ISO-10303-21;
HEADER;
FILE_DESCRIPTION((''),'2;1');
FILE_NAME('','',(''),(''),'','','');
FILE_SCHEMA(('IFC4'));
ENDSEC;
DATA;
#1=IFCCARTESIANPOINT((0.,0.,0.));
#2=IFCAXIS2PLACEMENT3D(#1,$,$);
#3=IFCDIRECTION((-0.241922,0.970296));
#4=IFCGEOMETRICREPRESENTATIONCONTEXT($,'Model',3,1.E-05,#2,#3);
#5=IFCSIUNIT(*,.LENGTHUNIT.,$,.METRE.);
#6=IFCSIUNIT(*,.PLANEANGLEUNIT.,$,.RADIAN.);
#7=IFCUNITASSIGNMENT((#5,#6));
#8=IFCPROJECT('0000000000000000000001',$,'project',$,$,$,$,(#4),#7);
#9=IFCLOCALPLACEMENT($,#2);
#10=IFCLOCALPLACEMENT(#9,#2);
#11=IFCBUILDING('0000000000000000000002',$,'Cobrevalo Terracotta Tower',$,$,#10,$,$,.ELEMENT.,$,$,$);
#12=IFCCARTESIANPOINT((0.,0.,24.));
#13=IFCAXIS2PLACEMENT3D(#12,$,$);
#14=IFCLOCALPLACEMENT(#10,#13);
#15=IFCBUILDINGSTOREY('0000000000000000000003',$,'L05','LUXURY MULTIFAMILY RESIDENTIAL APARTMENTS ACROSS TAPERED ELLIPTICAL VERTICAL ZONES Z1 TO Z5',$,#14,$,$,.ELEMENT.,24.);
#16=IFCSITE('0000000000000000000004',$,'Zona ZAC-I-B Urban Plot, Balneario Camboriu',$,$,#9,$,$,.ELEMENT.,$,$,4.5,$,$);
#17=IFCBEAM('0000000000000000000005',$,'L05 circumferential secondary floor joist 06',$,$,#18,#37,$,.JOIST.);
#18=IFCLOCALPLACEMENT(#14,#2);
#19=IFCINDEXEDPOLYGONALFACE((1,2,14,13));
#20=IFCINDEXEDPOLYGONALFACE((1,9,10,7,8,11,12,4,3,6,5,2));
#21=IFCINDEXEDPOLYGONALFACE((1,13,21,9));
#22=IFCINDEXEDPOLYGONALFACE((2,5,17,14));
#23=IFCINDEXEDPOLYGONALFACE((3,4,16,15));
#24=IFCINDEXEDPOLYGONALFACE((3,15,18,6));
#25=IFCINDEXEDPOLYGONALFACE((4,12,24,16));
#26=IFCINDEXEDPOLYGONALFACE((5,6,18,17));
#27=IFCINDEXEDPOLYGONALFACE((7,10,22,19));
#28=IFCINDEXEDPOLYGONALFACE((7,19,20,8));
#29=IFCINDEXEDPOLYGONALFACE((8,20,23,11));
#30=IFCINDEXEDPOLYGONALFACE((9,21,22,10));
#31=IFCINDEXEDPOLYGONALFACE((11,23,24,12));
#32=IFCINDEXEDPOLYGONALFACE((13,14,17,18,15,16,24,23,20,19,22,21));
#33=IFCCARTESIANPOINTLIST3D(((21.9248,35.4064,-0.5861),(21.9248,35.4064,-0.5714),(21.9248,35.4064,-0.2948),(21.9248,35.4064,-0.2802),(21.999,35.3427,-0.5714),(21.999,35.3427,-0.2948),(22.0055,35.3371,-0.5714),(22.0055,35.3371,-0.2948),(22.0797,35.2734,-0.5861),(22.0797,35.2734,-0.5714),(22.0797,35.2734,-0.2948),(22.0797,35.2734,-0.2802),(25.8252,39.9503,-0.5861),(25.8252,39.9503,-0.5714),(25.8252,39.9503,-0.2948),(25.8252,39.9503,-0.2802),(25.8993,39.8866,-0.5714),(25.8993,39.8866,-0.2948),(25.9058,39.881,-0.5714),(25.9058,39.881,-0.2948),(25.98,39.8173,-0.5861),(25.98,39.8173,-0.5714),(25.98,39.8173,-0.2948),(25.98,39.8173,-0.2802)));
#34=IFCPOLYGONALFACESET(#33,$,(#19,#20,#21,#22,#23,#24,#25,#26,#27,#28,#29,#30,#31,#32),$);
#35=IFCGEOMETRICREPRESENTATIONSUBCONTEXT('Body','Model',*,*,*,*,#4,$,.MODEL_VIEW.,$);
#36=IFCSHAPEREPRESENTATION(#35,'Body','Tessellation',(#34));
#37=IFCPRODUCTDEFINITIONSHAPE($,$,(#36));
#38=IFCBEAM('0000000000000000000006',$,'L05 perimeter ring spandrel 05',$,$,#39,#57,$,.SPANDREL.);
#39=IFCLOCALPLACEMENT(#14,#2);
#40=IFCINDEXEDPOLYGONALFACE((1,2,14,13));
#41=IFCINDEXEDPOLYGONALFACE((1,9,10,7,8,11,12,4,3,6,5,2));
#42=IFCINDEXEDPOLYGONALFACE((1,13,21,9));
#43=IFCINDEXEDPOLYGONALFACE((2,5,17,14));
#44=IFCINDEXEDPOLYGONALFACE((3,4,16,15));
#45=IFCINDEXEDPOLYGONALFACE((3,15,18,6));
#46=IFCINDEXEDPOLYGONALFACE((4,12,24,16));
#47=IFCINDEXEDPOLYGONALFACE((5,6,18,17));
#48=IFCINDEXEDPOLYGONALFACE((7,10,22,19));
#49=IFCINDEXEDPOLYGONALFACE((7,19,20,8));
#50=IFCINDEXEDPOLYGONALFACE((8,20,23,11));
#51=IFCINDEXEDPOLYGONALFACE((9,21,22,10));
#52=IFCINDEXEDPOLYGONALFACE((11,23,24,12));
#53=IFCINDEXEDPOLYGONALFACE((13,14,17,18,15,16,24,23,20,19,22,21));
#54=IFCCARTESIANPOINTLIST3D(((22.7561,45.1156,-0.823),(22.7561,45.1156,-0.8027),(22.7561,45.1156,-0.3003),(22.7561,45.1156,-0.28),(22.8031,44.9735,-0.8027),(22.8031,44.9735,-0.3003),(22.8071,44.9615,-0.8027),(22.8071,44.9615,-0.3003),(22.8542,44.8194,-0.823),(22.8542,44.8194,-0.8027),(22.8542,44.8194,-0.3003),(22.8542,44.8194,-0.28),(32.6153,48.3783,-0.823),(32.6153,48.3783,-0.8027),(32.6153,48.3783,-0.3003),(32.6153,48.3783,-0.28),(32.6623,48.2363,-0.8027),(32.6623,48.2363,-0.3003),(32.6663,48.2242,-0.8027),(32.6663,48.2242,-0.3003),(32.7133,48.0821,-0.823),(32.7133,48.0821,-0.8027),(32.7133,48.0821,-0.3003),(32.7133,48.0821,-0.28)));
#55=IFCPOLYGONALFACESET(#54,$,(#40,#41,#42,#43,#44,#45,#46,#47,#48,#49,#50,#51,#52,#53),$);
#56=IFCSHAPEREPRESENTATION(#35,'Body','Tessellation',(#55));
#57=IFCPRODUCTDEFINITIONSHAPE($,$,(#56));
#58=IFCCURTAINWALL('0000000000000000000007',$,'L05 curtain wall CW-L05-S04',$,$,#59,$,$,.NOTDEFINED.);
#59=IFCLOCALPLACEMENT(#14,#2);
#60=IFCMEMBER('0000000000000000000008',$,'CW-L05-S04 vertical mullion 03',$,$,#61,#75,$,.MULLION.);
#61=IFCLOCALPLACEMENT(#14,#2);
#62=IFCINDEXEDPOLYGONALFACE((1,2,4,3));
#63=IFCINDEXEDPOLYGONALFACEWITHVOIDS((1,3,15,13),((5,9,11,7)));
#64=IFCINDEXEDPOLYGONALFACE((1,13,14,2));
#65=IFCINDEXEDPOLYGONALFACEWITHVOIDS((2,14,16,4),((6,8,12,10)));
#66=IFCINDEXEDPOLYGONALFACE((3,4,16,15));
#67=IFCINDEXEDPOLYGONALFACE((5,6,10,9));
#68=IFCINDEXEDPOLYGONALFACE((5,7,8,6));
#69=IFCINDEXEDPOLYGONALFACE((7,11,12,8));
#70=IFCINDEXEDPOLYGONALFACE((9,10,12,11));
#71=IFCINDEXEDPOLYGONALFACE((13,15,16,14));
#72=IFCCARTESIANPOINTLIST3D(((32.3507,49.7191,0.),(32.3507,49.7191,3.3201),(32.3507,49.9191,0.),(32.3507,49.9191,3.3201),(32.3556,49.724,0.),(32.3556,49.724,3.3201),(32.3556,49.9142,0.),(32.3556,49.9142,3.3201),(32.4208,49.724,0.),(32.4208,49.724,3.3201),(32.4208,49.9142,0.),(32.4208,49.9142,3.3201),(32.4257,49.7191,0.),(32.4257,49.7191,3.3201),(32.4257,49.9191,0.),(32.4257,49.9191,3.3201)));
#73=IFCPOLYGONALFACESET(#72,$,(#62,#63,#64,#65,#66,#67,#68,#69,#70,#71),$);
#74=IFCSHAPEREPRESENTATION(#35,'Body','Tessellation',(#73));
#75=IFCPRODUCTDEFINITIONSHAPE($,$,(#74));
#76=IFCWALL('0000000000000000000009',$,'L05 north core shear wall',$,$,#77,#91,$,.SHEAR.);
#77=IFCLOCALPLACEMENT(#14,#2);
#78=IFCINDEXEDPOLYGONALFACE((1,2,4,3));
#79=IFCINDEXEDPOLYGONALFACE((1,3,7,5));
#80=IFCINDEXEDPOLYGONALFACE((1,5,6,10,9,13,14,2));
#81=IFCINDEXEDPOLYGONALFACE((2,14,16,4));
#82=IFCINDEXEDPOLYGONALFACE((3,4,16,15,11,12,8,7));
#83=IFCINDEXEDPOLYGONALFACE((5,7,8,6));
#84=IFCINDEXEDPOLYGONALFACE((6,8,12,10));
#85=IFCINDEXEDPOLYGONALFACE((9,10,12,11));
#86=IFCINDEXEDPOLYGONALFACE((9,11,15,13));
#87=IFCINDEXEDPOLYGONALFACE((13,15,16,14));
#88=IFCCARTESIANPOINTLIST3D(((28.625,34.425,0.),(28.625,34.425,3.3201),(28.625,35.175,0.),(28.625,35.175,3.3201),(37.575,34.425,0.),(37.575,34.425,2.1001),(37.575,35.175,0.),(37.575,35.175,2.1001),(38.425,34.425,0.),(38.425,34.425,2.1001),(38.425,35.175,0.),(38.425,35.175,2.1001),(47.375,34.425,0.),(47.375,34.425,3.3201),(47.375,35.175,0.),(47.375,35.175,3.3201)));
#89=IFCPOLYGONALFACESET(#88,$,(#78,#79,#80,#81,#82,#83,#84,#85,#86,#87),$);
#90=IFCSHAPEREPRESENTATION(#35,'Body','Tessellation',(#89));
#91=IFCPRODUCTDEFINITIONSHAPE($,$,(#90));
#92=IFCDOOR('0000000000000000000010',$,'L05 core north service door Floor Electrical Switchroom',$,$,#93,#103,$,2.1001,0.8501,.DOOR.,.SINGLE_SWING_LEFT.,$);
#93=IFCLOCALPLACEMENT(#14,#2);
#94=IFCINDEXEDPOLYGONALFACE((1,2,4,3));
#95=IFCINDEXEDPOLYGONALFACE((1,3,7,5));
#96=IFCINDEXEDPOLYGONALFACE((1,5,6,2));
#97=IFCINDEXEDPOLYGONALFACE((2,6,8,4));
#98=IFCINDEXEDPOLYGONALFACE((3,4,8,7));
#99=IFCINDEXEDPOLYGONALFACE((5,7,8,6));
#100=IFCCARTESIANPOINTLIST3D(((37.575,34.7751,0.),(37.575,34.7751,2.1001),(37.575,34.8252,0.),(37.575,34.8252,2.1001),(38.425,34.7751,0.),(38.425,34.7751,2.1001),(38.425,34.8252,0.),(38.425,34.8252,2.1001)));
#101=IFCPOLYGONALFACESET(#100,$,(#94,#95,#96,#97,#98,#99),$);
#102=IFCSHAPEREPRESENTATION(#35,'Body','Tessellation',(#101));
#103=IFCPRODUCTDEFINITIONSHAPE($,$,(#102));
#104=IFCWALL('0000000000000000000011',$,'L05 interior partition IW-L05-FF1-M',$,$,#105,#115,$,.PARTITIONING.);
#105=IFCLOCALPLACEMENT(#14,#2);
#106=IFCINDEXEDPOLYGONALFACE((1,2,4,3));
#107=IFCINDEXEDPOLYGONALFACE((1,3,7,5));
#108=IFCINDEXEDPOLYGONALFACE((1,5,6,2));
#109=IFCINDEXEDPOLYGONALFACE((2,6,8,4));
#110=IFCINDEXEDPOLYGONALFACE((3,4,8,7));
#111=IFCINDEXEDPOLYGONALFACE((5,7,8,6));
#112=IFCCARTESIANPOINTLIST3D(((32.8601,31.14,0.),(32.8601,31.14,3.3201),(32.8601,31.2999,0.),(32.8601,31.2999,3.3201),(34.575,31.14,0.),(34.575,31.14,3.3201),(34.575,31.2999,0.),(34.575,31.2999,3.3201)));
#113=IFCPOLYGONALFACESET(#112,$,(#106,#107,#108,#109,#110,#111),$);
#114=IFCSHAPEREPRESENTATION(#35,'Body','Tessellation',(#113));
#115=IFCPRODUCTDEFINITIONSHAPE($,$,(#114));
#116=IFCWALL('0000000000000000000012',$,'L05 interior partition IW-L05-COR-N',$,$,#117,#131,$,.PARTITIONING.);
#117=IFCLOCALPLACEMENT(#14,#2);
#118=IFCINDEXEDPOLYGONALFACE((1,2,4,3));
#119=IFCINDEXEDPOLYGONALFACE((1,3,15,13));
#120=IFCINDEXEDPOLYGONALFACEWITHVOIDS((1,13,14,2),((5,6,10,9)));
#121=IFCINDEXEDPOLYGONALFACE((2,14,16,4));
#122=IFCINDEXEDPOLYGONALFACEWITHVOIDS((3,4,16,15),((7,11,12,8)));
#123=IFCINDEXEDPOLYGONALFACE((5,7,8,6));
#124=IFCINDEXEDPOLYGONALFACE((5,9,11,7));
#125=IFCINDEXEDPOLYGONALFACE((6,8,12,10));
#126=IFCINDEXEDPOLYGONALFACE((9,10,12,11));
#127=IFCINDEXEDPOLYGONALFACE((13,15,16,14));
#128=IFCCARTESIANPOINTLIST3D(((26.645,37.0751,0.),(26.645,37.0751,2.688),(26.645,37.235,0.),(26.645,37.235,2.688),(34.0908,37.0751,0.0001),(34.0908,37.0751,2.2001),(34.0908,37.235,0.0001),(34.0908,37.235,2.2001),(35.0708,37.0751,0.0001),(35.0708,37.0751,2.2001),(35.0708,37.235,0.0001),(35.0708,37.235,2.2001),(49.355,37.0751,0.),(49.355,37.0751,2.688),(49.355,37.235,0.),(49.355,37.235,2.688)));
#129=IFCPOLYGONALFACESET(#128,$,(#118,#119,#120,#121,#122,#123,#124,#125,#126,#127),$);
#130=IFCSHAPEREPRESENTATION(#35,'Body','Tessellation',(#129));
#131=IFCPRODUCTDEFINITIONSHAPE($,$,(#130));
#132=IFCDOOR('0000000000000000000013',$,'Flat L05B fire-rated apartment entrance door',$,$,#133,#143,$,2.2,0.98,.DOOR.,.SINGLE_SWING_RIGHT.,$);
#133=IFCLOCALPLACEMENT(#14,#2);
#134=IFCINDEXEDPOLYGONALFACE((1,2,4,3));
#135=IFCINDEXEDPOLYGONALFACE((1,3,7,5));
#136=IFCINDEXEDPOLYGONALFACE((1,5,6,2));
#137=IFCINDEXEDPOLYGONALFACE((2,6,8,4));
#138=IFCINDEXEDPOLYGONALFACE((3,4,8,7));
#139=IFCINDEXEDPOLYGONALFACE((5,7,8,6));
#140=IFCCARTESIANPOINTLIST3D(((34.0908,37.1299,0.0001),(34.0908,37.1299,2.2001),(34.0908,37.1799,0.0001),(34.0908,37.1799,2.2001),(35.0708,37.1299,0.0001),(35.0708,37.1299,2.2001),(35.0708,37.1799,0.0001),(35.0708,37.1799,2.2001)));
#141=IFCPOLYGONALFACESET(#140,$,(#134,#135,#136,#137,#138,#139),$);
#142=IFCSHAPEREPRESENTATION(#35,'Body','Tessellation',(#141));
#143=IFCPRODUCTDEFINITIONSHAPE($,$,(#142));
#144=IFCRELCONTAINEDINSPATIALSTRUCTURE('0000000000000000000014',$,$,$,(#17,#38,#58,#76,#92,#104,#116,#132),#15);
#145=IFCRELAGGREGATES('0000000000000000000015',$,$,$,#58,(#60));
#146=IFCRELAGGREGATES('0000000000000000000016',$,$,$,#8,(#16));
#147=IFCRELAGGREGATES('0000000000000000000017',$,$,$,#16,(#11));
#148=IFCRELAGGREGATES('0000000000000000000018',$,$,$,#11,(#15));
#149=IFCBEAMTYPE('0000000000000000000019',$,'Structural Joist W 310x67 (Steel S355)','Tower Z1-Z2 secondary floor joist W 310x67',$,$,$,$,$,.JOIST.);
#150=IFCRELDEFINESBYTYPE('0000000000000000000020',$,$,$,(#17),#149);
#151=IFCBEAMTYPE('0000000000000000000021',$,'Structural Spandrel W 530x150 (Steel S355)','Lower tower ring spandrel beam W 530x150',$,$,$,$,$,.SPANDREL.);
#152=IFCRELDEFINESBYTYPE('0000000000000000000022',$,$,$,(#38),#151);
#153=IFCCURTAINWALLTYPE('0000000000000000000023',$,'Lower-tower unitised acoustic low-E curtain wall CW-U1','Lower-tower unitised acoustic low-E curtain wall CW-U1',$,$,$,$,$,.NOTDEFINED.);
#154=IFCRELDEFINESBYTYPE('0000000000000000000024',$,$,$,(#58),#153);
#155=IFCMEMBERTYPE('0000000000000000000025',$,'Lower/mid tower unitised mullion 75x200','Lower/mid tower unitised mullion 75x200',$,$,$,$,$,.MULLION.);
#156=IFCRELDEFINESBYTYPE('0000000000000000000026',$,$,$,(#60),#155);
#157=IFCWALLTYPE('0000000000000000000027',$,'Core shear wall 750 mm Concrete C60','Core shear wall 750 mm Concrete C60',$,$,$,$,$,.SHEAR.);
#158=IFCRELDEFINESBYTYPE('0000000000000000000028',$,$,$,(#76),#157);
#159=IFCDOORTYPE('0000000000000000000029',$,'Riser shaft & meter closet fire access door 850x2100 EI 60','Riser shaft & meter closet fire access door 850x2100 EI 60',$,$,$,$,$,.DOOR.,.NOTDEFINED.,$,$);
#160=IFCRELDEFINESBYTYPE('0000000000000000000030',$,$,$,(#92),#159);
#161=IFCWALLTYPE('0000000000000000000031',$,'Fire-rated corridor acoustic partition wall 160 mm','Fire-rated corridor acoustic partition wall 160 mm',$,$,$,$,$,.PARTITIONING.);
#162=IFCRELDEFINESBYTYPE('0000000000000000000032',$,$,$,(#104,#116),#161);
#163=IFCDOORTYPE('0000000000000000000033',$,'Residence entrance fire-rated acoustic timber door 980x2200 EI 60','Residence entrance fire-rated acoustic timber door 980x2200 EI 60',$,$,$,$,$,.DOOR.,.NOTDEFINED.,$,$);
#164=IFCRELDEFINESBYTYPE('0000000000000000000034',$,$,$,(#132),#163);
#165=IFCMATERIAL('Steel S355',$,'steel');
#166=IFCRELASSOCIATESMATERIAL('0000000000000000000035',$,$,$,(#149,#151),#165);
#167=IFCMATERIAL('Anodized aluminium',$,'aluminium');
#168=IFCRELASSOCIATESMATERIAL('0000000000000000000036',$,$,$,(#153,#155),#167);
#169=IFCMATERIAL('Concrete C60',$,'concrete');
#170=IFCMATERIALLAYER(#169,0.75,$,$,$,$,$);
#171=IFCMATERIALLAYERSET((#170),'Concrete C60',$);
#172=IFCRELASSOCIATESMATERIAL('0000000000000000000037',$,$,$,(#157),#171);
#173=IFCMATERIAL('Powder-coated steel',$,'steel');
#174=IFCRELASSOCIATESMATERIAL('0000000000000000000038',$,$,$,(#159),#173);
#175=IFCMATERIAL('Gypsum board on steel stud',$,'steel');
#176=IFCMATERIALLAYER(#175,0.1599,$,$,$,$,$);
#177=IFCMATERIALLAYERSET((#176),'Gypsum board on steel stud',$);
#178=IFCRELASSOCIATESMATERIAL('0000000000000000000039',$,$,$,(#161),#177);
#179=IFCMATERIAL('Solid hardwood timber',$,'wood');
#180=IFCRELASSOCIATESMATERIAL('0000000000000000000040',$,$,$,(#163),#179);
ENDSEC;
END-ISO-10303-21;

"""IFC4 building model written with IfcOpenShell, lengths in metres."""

from ifc_helpers import new_model, si_unit, direction, frame, frame_2d, origin, origin_2d, place, context, subcontext, project, spatial, rectangle, hollow_rectangle, i_section, extrude, source, transform, mapped, material, layer, layer_set, material_profile, profile_set, type_object, element, fill, aggregate, save


model = new_model("IFC4")

# Units and contexts
model_context = context("Model", 3, precision=1e-05, world=origin(), true_north=direction((-0.241922, 0.970296)))
body_context = subcontext(model_context, "Body", "Model", "MODEL_VIEW")
ifc_project = project(units=[si_unit("LENGTHUNIT", "METRE"), si_unit("PLANEANGLEUNIT", "RADIAN")], contexts=[model_context])

# Site, building, storey
site_placement = place(None, origin())
site = spatial("IfcSite", under=ifc_project, at=site_placement, Name="Zona ZAC-I-B Urban Plot, Balneario Camboriu", CompositionType="ELEMENT", RefElevation=4.5)
building_placement = place(site_placement, origin())
building = spatial("IfcBuilding", under=site, at=building_placement, Name="Cobrevalo Terracotta Tower", CompositionType="ELEMENT")
storey_placement = place(building_placement, frame((0.0, 0.0, 24.0)))
storey = spatial("IfcBuildingStorey", under=building, at=storey_placement, Name="L05", Description="LUXURY MULTIFAMILY RESIDENTIAL APARTMENTS ACROSS TAPERED ELLIPTICAL VERTICAL ZONES Z1 TO Z5", CompositionType="ELEMENT", Elevation=24.0)

# Shared definitions
ifc_material_1 = material(Name="Steel S355", Category="steel")
ifc_material_2 = material(Name="Concrete C60", Category="concrete")

# Beams
ifc_material_profile_1 = material_profile(ifc_material_1, i_section(OverallWidth=0.2041, OverallDepth=0.3059, WebThickness=0.0085, FlangeThickness=0.0146, at=origin_2d()), Name="W 310x67")
ifc_profile_set_1 = profile_set([ifc_material_profile_1], Name="Steel S355")
beam_type_1 = type_object("IfcBeamType", Name="Structural Joist W 310x67 (Steel S355)", Description="Tower Z1-Z2 secondary floor joist W 310x67", PredefinedType="JOIST", material=ifc_profile_set_1)
beam_1_placement = place(storey_placement, frame((25.9026, 39.8838, -0.4331), z_axis=(-0.651328, -0.758796, 0.0), x_axis=(0.758796, -0.651328, 0.0)))
element("IfcBeam", 1, at=beam_1_placement, inside=storey, type_object=beam_type_1, Name="L05 circumferential secondary floor joist 06", PredefinedType="JOIST", context=body_context, shape_type="SweptSolid", body=[
    extrude(i_section(OverallWidth=0.2041, OverallDepth=0.3059, WebThickness=0.0085, FlangeThickness=0.0146, at=origin_2d()), origin(), (0.0, 0.0, 1.0), 5.9883),
])
ifc_material_profile_2 = material_profile(ifc_material_1, i_section(OverallWidth=0.312, OverallDepth=0.543, WebThickness=0.0127, FlangeThickness=0.0203, at=origin_2d()), Name="W 530x150")
ifc_profile_set_2 = profile_set([ifc_material_profile_2], Name="Steel S355")
beam_type_2 = type_object("IfcBeamType", Name="Structural Spandrel W 530x150 (Steel S355)", Description="Lower tower ring spandrel beam W 530x150", PredefinedType="SPANDREL", material=ifc_profile_set_2)
beam_2_placement = place(storey_placement, frame((32.6643, 48.2302, -0.5515), z_axis=(-0.949365, -0.314175, 0.0), x_axis=(0.314175, -0.949365, 0.0)))
element("IfcBeam", 2, at=beam_2_placement, inside=storey, type_object=beam_type_2, Name="L05 perimeter ring spandrel 05", PredefinedType="SPANDREL", context=body_context, shape_type="SweptSolid", body=[
    extrude(i_section(OverallWidth=0.312, OverallDepth=0.543, WebThickness=0.0127, FlangeThickness=0.0203, at=origin_2d()), origin(), (0.0, 0.0, 1.0), 10.385),
])

# Curtain wall, member
ifc_material_3 = material(Name="Anodized aluminium", Category="aluminium")
curtain_wall_type = type_object("IfcCurtainWallType", Name="Lower-tower unitised acoustic low-E curtain wall CW-U1", Description="Lower-tower unitised acoustic low-E curtain wall CW-U1", PredefinedType="NOTDEFINED", material=ifc_material_3)
curtain_wall_placement = place(storey_placement, origin())
curtain_wall = element("IfcCurtainWall", 3, at=curtain_wall_placement, inside=storey, type_object=curtain_wall_type, Name="L05 curtain wall CW-L05-S04", PredefinedType="NOTDEFINED")
ifc_material_profile_3 = material_profile(ifc_material_3, hollow_rectangle(XDim=0.075, YDim=0.2, WallThickness=0.0049, at=origin_2d()), Name="CWM 75x200")
ifc_profile_set_3 = profile_set([ifc_material_profile_3], Name="Anodized aluminium")
member_type = type_object("IfcMemberType", Name="Lower/mid tower unitised mullion 75x200", Description="Lower/mid tower unitised mullion 75x200", PredefinedType="MULLION", material=ifc_profile_set_3)
shared_shape_1 = source(origin(), body_context, "Body", "SweptSolid", [
    extrude(hollow_rectangle(XDim=0.075, YDim=0.2, WallThickness=0.0049, at=origin_2d()), origin(), (0.0, 0.0, 1.0), 3.3201),
])
member_placement = place(storey_placement, frame((32.3882, 49.8191, 0.0), z_axis=(0.0, 0.0, 1.0), x_axis=(-1.0, 0.0, 0.0)))
member = element("IfcMember", 4, at=member_placement, type_object=member_type, Name="CW-L05-S04 vertical mullion 03", PredefinedType="MULLION", context=body_context, shape_type="MappedRepresentation", body=[
    mapped(shared_shape_1, transform((0.0, 0.0, 0.0), scale=1.0)),
])
aggregate(curtain_wall, [member])

# Wall, opening, door
ifc_layer_1 = layer(ifc_material_2, 0.75)
ifc_layer_set_1 = layer_set([ifc_layer_1], Name="Concrete C60")
wall_type_1 = type_object("IfcWallType", Name="Core shear wall 750 mm Concrete C60", Description="Core shear wall 750 mm Concrete C60", PredefinedType="SHEAR", material=ifc_layer_set_1)
wall_1_placement = place(storey_placement, frame((28.625, 34.8, 0.0), z_axis=(0.0, 0.0, 1.0), x_axis=(1.0, 0.0, 0.0)))
wall_1 = element("IfcWall", 5, at=wall_1_placement, inside=storey, type_object=wall_type_1, Name="L05 north core shear wall", PredefinedType="SHEAR", context=body_context, shape_type="SweptSolid", body=[
    extrude(rectangle(XDim=18.75, YDim=0.75, at=frame_2d((9.375, 0.0))), origin(), (0.0, 0.0, 1.0), 3.3201),
])
opening_1_placement = place(wall_1_placement, frame((8.95, 0.0, 0.0)))
opening_1 = element("IfcOpeningElement", 6, at=opening_1_placement, cuts=wall_1, PredefinedType="OPENING", context=body_context, shape_type="SweptSolid", body=[
    extrude(rectangle(XDim=0.8501, YDim=2.1001, at=frame_2d((0.425, 1.05))), frame((0.0, 0.385, 0.0), z_axis=(0.0, -1.0, 0.0), x_axis=(1.0, 0.0, 0.0)), (0.0, 0.0, 1.0), 0.77),
])
ifc_material_4 = material(Name="Powder-coated steel", Category="steel")
door_type_1 = type_object("IfcDoorType", Name="Riser shaft & meter closet fire access door 850x2100 EI 60", Description="Riser shaft & meter closet fire access door 850x2100 EI 60", OperationType="NOTDEFINED", PredefinedType="DOOR", material=ifc_material_4)
shared_shape_2 = source(origin(), body_context, "Body", "SweptSolid", [
    extrude(rectangle(XDim=0.8501, YDim=2.1001, at=frame_2d((0.425, 1.05))), frame((0.0, 0.0249, 0.0), z_axis=(0.0, -1.0, 0.0), x_axis=(1.0, 0.0, 0.0)), (0.0, 0.0, 1.0), 0.05),
])
door_1_placement = place(opening_1_placement, frame((0.8501, 0.0, 0.0), z_axis=(0.0, 0.0, 1.0), x_axis=(-1.0, 0.0, 0.0)))
door_1 = element("IfcDoor", 7, at=door_1_placement, inside=storey, type_object=door_type_1, Name="L05 core north service door Floor Electrical Switchroom", OperationType="SINGLE_SWING_LEFT", OverallHeight=2.1001, OverallWidth=0.8501, PredefinedType="DOOR", context=body_context, shape_type="MappedRepresentation", body=[
    mapped(shared_shape_2, transform((0.0, 0.0, 0.0), scale=1.0)),
])
fill(opening_1, door_1)

# Wall
ifc_material_5 = material(Name="Gypsum board on steel stud", Category="steel")
ifc_layer_2 = layer(ifc_material_5, 0.1599)
ifc_layer_set_2 = layer_set([ifc_layer_2], Name="Gypsum board on steel stud")
wall_type_2 = type_object("IfcWallType", Name="Fire-rated corridor acoustic partition wall 160 mm", Description="Fire-rated corridor acoustic partition wall 160 mm", PredefinedType="PARTITIONING", material=ifc_layer_set_2)
wall_2_placement = place(storey_placement, frame((32.8601, 31.22, 0.0), z_axis=(0.0, 0.0, 1.0), x_axis=(1.0, 0.0, 0.0)))
element("IfcWall", 8, at=wall_2_placement, inside=storey, type_object=wall_type_2, Name="L05 interior partition IW-L05-FF1-M", PredefinedType="PARTITIONING", context=body_context, shape_type="SweptSolid", body=[
    extrude(rectangle(XDim=1.7148, YDim=0.1599, at=frame_2d((0.8574, 0.0))), origin(), (0.0, 0.0, 1.0), 3.3201),
])

# Wall, opening, door
wall_3_placement = place(storey_placement, frame((26.645, 37.155, 0.0), z_axis=(0.0, 0.0, 1.0), x_axis=(1.0, 0.0, 0.0)))
wall_3 = element("IfcWall", 9, at=wall_3_placement, inside=storey, type_object=wall_type_2, Name="L05 interior partition IW-L05-COR-N", PredefinedType="PARTITIONING", context=body_context, shape_type="SweptSolid", body=[
    extrude(rectangle(XDim=22.71, YDim=0.1599, at=frame_2d((11.355, 0.0))), origin(), (0.0, 0.0, 1.0), 2.688),
])
opening_2_placement = place(wall_3_placement, frame((7.4458, 0.0, 0.0)))
opening_2 = element("IfcOpeningElement", 10, at=opening_2_placement, cuts=wall_3, PredefinedType="OPENING", context=body_context, shape_type="SweptSolid", body=[
    extrude(rectangle(XDim=0.98, YDim=2.2, at=frame_2d((0.49, 1.1001))), frame((0.0, 0.0898, 0.0), z_axis=(0.0, -1.0, 0.0), x_axis=(1.0, 0.0, 0.0)), (0.0, 0.0, 1.0), 0.1799),
])
ifc_material_6 = material(Name="Solid hardwood timber", Category="wood")
door_type_2 = type_object("IfcDoorType", Name="Residence entrance fire-rated acoustic timber door 980x2200 EI 60", Description="Residence entrance fire-rated acoustic timber door 980x2200 EI 60", OperationType="NOTDEFINED", PredefinedType="DOOR", material=ifc_material_6)
shared_shape_3 = source(origin(), body_context, "Body", "SweptSolid", [
    extrude(rectangle(XDim=0.98, YDim=2.2, at=frame_2d((0.49, 1.1001))), frame((0.0, 0.0249, 0.0), z_axis=(0.0, -1.0, 0.0), x_axis=(1.0, 0.0, 0.0)), (0.0, 0.0, 1.0), 0.05),
])
door_2_placement = place(opening_2_placement, origin())
door_2 = element("IfcDoor", 11, at=door_2_placement, inside=storey, type_object=door_type_2, Name="Flat L05B fire-rated apartment entrance door", OperationType="SINGLE_SWING_RIGHT", OverallHeight=2.2, OverallWidth=0.98, PredefinedType="DOOR", context=body_context, shape_type="MappedRepresentation", body=[
    mapped(shared_shape_3, transform((0.0, 0.0, 0.0), scale=1.0)),
])
fill(opening_2, door_2)

save(model, "model.ifc")
